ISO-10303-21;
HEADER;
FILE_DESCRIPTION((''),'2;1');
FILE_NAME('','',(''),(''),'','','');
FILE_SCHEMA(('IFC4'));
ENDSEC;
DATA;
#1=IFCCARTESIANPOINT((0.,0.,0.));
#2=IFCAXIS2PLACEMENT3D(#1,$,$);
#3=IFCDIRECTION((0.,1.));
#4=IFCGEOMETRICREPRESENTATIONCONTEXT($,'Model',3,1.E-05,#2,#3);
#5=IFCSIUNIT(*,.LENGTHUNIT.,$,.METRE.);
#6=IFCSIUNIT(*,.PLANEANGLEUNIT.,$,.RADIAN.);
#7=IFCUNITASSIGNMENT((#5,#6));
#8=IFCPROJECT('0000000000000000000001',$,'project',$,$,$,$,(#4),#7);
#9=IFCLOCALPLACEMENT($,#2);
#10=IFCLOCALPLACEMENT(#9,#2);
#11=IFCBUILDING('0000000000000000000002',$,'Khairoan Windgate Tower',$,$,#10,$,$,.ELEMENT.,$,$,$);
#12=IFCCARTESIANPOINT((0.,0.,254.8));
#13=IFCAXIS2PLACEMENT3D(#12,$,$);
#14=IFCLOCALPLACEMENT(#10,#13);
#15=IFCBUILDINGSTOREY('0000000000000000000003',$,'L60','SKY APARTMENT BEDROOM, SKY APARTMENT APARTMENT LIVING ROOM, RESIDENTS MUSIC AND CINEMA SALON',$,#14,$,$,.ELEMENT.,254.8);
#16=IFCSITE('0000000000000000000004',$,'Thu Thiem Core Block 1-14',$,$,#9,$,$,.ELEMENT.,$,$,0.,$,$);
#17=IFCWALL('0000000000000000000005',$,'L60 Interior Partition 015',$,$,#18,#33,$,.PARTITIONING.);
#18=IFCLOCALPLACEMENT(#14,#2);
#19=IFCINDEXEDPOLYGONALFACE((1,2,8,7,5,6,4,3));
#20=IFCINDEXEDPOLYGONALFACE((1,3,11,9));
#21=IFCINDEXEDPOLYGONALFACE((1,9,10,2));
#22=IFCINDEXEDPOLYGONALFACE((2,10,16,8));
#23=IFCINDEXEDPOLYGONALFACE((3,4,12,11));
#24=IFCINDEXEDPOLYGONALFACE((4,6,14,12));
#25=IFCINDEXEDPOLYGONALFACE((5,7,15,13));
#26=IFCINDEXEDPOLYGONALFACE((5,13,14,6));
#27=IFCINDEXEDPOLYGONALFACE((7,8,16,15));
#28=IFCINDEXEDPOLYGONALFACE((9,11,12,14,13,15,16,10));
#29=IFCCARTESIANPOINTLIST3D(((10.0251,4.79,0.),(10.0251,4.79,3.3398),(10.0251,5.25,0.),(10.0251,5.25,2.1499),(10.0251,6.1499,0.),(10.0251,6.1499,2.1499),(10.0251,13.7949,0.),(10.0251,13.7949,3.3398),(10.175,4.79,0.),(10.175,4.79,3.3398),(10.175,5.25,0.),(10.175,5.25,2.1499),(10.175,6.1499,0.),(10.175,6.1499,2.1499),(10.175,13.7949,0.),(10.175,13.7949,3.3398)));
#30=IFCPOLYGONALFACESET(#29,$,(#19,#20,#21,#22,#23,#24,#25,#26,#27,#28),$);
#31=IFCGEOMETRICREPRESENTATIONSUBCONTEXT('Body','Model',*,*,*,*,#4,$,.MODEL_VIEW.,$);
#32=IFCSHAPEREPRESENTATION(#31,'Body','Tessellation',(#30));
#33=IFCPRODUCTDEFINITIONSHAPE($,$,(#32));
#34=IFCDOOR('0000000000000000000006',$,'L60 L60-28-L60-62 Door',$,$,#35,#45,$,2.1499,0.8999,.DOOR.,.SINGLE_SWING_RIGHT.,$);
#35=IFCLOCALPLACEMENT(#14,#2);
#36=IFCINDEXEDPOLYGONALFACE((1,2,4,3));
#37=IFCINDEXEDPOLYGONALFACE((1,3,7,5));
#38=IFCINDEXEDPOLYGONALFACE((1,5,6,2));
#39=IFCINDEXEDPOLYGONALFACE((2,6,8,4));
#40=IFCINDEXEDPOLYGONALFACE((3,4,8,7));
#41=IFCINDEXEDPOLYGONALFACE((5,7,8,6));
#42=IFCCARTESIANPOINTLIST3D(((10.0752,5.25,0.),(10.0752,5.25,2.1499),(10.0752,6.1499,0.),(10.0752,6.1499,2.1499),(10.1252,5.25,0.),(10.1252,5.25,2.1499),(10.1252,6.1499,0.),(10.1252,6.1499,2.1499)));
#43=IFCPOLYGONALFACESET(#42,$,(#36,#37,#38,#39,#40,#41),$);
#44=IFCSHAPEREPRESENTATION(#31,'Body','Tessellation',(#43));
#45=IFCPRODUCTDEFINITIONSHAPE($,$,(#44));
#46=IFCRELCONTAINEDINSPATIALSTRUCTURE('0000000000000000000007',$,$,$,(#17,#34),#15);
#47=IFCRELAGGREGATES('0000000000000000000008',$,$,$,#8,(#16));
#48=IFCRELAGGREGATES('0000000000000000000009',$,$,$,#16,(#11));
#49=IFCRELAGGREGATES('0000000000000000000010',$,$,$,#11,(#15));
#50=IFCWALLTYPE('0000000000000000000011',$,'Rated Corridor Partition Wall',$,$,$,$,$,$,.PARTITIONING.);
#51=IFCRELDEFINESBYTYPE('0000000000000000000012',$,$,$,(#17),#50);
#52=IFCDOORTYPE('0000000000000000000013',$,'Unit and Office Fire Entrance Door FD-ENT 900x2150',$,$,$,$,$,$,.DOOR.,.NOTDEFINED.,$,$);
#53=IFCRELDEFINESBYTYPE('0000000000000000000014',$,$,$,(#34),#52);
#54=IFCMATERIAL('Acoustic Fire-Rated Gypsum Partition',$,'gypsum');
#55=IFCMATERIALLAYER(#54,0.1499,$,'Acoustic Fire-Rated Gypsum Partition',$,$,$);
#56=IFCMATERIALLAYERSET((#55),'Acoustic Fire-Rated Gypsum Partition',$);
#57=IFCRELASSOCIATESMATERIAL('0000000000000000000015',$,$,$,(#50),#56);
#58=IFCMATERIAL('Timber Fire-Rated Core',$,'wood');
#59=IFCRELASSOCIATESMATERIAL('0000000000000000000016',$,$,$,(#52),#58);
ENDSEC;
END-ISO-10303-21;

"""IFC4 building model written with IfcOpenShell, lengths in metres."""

from ifc_helpers import new_model, si_unit, direction, frame, frame_2d, origin, place, context, subcontext, project, spatial, rectangle, extrude, material, layer, layer_set, type_object, element, fill, save


model = new_model("IFC4")

# Units and contexts
model_context = context("Model", 3, precision=1e-05, world=origin(), true_north=direction((0.0, 1.0)))
body_context = subcontext(model_context, "Body", "Model", "MODEL_VIEW")
ifc_project = project(units=[si_unit("LENGTHUNIT", "METRE"), si_unit("PLANEANGLEUNIT", "RADIAN")], contexts=[model_context])

# Site, building, storey
site_placement = place(None, origin())
site = spatial("IfcSite", under=ifc_project, at=site_placement, Name="Thu Thiem Core Block 1-14", CompositionType="ELEMENT", RefElevation=0.0)
building_placement = place(site_placement, origin())
building = spatial("IfcBuilding", under=site, at=building_placement, Name="Khairoan Windgate Tower", CompositionType="ELEMENT")
storey_placement = place(building_placement, frame((0.0, 0.0, 254.8)))
storey = spatial("IfcBuildingStorey", under=building, at=storey_placement, Name="L60", Description="SKY APARTMENT BEDROOM, SKY APARTMENT APARTMENT LIVING ROOM, RESIDENTS MUSIC AND CINEMA SALON", CompositionType="ELEMENT", Elevation=254.8)

# Wall, opening, door
ifc_material_1 = material(Name="Acoustic Fire-Rated Gypsum Partition", Category="gypsum")
ifc_layer_1 = layer(ifc_material_1, 0.1499, Name="Acoustic Fire-Rated Gypsum Partition")
ifc_layer_set_1 = layer_set([ifc_layer_1], Name="Acoustic Fire-Rated Gypsum Partition")
wall_type_1 = type_object("IfcWallType", Name="Rated Corridor Partition Wall", PredefinedType="PARTITIONING", material=ifc_layer_set_1)
wall_1_placement = place(storey_placement, frame((10.1001, 4.79, 0.0), z_axis=(0.0, 0.0, 1.0), x_axis=(0.0, 1.0, 0.0)))
wall_1 = element("IfcWall", 1, at=wall_1_placement, inside=storey, type_object=wall_type_1, Name="L60 Interior Partition 015", PredefinedType="PARTITIONING", context=body_context, shape_type="SweptSolid", body=[
    extrude(rectangle(XDim=9.0049, YDim=0.1499, at=frame_2d((4.5024, 0.0))), origin(), (0.0, 0.0, 1.0), 3.3398),
])
opening_1_placement = place(wall_1_placement, frame((0.46, 0.0, 0.0)))
opening_1 = element("IfcOpeningElement", 2, at=opening_1_placement, cuts=wall_1, PredefinedType="OPENING", context=body_context, shape_type="SweptSolid", body=[
    extrude(rectangle(XDim=0.8999, YDim=2.1499, at=frame_2d((0.45, 1.075))), frame((0.0, 0.085, 0.0), z_axis=(0.0, -1.0, 0.0), x_axis=(1.0, 0.0, 0.0)), (0.0, 0.0, 1.0), 0.1699),
])
ifc_material_2 = material(Name="Timber Fire-Rated Core", Category="wood")
door_type_1 = type_object("IfcDoorType", Name="Unit and Office Fire Entrance Door FD-ENT 900x2150", OperationType="NOTDEFINED", PredefinedType="DOOR", material=ifc_material_2)
door_1_placement = place(opening_1_placement, origin())
door_1 = element("IfcDoor", 3, at=door_1_placement, inside=storey, type_object=door_type_1, Name="L60 L60-28-L60-62 Door", OperationType="SINGLE_SWING_RIGHT", OverallHeight=2.1499, OverallWidth=0.8999, PredefinedType="DOOR", context=body_context, shape_type="SweptSolid", body=[
    extrude(rectangle(XDim=0.8999, YDim=2.1499, at=frame_2d((0.45, 1.075))), frame((0.0, 0.0249, 0.0), z_axis=(0.0, -1.0, 0.0), x_axis=(1.0, 0.0, 0.0)), (0.0, 0.0, 1.0), 0.05),
])
fill(opening_1, door_1)

save(model, "model.ifc")
